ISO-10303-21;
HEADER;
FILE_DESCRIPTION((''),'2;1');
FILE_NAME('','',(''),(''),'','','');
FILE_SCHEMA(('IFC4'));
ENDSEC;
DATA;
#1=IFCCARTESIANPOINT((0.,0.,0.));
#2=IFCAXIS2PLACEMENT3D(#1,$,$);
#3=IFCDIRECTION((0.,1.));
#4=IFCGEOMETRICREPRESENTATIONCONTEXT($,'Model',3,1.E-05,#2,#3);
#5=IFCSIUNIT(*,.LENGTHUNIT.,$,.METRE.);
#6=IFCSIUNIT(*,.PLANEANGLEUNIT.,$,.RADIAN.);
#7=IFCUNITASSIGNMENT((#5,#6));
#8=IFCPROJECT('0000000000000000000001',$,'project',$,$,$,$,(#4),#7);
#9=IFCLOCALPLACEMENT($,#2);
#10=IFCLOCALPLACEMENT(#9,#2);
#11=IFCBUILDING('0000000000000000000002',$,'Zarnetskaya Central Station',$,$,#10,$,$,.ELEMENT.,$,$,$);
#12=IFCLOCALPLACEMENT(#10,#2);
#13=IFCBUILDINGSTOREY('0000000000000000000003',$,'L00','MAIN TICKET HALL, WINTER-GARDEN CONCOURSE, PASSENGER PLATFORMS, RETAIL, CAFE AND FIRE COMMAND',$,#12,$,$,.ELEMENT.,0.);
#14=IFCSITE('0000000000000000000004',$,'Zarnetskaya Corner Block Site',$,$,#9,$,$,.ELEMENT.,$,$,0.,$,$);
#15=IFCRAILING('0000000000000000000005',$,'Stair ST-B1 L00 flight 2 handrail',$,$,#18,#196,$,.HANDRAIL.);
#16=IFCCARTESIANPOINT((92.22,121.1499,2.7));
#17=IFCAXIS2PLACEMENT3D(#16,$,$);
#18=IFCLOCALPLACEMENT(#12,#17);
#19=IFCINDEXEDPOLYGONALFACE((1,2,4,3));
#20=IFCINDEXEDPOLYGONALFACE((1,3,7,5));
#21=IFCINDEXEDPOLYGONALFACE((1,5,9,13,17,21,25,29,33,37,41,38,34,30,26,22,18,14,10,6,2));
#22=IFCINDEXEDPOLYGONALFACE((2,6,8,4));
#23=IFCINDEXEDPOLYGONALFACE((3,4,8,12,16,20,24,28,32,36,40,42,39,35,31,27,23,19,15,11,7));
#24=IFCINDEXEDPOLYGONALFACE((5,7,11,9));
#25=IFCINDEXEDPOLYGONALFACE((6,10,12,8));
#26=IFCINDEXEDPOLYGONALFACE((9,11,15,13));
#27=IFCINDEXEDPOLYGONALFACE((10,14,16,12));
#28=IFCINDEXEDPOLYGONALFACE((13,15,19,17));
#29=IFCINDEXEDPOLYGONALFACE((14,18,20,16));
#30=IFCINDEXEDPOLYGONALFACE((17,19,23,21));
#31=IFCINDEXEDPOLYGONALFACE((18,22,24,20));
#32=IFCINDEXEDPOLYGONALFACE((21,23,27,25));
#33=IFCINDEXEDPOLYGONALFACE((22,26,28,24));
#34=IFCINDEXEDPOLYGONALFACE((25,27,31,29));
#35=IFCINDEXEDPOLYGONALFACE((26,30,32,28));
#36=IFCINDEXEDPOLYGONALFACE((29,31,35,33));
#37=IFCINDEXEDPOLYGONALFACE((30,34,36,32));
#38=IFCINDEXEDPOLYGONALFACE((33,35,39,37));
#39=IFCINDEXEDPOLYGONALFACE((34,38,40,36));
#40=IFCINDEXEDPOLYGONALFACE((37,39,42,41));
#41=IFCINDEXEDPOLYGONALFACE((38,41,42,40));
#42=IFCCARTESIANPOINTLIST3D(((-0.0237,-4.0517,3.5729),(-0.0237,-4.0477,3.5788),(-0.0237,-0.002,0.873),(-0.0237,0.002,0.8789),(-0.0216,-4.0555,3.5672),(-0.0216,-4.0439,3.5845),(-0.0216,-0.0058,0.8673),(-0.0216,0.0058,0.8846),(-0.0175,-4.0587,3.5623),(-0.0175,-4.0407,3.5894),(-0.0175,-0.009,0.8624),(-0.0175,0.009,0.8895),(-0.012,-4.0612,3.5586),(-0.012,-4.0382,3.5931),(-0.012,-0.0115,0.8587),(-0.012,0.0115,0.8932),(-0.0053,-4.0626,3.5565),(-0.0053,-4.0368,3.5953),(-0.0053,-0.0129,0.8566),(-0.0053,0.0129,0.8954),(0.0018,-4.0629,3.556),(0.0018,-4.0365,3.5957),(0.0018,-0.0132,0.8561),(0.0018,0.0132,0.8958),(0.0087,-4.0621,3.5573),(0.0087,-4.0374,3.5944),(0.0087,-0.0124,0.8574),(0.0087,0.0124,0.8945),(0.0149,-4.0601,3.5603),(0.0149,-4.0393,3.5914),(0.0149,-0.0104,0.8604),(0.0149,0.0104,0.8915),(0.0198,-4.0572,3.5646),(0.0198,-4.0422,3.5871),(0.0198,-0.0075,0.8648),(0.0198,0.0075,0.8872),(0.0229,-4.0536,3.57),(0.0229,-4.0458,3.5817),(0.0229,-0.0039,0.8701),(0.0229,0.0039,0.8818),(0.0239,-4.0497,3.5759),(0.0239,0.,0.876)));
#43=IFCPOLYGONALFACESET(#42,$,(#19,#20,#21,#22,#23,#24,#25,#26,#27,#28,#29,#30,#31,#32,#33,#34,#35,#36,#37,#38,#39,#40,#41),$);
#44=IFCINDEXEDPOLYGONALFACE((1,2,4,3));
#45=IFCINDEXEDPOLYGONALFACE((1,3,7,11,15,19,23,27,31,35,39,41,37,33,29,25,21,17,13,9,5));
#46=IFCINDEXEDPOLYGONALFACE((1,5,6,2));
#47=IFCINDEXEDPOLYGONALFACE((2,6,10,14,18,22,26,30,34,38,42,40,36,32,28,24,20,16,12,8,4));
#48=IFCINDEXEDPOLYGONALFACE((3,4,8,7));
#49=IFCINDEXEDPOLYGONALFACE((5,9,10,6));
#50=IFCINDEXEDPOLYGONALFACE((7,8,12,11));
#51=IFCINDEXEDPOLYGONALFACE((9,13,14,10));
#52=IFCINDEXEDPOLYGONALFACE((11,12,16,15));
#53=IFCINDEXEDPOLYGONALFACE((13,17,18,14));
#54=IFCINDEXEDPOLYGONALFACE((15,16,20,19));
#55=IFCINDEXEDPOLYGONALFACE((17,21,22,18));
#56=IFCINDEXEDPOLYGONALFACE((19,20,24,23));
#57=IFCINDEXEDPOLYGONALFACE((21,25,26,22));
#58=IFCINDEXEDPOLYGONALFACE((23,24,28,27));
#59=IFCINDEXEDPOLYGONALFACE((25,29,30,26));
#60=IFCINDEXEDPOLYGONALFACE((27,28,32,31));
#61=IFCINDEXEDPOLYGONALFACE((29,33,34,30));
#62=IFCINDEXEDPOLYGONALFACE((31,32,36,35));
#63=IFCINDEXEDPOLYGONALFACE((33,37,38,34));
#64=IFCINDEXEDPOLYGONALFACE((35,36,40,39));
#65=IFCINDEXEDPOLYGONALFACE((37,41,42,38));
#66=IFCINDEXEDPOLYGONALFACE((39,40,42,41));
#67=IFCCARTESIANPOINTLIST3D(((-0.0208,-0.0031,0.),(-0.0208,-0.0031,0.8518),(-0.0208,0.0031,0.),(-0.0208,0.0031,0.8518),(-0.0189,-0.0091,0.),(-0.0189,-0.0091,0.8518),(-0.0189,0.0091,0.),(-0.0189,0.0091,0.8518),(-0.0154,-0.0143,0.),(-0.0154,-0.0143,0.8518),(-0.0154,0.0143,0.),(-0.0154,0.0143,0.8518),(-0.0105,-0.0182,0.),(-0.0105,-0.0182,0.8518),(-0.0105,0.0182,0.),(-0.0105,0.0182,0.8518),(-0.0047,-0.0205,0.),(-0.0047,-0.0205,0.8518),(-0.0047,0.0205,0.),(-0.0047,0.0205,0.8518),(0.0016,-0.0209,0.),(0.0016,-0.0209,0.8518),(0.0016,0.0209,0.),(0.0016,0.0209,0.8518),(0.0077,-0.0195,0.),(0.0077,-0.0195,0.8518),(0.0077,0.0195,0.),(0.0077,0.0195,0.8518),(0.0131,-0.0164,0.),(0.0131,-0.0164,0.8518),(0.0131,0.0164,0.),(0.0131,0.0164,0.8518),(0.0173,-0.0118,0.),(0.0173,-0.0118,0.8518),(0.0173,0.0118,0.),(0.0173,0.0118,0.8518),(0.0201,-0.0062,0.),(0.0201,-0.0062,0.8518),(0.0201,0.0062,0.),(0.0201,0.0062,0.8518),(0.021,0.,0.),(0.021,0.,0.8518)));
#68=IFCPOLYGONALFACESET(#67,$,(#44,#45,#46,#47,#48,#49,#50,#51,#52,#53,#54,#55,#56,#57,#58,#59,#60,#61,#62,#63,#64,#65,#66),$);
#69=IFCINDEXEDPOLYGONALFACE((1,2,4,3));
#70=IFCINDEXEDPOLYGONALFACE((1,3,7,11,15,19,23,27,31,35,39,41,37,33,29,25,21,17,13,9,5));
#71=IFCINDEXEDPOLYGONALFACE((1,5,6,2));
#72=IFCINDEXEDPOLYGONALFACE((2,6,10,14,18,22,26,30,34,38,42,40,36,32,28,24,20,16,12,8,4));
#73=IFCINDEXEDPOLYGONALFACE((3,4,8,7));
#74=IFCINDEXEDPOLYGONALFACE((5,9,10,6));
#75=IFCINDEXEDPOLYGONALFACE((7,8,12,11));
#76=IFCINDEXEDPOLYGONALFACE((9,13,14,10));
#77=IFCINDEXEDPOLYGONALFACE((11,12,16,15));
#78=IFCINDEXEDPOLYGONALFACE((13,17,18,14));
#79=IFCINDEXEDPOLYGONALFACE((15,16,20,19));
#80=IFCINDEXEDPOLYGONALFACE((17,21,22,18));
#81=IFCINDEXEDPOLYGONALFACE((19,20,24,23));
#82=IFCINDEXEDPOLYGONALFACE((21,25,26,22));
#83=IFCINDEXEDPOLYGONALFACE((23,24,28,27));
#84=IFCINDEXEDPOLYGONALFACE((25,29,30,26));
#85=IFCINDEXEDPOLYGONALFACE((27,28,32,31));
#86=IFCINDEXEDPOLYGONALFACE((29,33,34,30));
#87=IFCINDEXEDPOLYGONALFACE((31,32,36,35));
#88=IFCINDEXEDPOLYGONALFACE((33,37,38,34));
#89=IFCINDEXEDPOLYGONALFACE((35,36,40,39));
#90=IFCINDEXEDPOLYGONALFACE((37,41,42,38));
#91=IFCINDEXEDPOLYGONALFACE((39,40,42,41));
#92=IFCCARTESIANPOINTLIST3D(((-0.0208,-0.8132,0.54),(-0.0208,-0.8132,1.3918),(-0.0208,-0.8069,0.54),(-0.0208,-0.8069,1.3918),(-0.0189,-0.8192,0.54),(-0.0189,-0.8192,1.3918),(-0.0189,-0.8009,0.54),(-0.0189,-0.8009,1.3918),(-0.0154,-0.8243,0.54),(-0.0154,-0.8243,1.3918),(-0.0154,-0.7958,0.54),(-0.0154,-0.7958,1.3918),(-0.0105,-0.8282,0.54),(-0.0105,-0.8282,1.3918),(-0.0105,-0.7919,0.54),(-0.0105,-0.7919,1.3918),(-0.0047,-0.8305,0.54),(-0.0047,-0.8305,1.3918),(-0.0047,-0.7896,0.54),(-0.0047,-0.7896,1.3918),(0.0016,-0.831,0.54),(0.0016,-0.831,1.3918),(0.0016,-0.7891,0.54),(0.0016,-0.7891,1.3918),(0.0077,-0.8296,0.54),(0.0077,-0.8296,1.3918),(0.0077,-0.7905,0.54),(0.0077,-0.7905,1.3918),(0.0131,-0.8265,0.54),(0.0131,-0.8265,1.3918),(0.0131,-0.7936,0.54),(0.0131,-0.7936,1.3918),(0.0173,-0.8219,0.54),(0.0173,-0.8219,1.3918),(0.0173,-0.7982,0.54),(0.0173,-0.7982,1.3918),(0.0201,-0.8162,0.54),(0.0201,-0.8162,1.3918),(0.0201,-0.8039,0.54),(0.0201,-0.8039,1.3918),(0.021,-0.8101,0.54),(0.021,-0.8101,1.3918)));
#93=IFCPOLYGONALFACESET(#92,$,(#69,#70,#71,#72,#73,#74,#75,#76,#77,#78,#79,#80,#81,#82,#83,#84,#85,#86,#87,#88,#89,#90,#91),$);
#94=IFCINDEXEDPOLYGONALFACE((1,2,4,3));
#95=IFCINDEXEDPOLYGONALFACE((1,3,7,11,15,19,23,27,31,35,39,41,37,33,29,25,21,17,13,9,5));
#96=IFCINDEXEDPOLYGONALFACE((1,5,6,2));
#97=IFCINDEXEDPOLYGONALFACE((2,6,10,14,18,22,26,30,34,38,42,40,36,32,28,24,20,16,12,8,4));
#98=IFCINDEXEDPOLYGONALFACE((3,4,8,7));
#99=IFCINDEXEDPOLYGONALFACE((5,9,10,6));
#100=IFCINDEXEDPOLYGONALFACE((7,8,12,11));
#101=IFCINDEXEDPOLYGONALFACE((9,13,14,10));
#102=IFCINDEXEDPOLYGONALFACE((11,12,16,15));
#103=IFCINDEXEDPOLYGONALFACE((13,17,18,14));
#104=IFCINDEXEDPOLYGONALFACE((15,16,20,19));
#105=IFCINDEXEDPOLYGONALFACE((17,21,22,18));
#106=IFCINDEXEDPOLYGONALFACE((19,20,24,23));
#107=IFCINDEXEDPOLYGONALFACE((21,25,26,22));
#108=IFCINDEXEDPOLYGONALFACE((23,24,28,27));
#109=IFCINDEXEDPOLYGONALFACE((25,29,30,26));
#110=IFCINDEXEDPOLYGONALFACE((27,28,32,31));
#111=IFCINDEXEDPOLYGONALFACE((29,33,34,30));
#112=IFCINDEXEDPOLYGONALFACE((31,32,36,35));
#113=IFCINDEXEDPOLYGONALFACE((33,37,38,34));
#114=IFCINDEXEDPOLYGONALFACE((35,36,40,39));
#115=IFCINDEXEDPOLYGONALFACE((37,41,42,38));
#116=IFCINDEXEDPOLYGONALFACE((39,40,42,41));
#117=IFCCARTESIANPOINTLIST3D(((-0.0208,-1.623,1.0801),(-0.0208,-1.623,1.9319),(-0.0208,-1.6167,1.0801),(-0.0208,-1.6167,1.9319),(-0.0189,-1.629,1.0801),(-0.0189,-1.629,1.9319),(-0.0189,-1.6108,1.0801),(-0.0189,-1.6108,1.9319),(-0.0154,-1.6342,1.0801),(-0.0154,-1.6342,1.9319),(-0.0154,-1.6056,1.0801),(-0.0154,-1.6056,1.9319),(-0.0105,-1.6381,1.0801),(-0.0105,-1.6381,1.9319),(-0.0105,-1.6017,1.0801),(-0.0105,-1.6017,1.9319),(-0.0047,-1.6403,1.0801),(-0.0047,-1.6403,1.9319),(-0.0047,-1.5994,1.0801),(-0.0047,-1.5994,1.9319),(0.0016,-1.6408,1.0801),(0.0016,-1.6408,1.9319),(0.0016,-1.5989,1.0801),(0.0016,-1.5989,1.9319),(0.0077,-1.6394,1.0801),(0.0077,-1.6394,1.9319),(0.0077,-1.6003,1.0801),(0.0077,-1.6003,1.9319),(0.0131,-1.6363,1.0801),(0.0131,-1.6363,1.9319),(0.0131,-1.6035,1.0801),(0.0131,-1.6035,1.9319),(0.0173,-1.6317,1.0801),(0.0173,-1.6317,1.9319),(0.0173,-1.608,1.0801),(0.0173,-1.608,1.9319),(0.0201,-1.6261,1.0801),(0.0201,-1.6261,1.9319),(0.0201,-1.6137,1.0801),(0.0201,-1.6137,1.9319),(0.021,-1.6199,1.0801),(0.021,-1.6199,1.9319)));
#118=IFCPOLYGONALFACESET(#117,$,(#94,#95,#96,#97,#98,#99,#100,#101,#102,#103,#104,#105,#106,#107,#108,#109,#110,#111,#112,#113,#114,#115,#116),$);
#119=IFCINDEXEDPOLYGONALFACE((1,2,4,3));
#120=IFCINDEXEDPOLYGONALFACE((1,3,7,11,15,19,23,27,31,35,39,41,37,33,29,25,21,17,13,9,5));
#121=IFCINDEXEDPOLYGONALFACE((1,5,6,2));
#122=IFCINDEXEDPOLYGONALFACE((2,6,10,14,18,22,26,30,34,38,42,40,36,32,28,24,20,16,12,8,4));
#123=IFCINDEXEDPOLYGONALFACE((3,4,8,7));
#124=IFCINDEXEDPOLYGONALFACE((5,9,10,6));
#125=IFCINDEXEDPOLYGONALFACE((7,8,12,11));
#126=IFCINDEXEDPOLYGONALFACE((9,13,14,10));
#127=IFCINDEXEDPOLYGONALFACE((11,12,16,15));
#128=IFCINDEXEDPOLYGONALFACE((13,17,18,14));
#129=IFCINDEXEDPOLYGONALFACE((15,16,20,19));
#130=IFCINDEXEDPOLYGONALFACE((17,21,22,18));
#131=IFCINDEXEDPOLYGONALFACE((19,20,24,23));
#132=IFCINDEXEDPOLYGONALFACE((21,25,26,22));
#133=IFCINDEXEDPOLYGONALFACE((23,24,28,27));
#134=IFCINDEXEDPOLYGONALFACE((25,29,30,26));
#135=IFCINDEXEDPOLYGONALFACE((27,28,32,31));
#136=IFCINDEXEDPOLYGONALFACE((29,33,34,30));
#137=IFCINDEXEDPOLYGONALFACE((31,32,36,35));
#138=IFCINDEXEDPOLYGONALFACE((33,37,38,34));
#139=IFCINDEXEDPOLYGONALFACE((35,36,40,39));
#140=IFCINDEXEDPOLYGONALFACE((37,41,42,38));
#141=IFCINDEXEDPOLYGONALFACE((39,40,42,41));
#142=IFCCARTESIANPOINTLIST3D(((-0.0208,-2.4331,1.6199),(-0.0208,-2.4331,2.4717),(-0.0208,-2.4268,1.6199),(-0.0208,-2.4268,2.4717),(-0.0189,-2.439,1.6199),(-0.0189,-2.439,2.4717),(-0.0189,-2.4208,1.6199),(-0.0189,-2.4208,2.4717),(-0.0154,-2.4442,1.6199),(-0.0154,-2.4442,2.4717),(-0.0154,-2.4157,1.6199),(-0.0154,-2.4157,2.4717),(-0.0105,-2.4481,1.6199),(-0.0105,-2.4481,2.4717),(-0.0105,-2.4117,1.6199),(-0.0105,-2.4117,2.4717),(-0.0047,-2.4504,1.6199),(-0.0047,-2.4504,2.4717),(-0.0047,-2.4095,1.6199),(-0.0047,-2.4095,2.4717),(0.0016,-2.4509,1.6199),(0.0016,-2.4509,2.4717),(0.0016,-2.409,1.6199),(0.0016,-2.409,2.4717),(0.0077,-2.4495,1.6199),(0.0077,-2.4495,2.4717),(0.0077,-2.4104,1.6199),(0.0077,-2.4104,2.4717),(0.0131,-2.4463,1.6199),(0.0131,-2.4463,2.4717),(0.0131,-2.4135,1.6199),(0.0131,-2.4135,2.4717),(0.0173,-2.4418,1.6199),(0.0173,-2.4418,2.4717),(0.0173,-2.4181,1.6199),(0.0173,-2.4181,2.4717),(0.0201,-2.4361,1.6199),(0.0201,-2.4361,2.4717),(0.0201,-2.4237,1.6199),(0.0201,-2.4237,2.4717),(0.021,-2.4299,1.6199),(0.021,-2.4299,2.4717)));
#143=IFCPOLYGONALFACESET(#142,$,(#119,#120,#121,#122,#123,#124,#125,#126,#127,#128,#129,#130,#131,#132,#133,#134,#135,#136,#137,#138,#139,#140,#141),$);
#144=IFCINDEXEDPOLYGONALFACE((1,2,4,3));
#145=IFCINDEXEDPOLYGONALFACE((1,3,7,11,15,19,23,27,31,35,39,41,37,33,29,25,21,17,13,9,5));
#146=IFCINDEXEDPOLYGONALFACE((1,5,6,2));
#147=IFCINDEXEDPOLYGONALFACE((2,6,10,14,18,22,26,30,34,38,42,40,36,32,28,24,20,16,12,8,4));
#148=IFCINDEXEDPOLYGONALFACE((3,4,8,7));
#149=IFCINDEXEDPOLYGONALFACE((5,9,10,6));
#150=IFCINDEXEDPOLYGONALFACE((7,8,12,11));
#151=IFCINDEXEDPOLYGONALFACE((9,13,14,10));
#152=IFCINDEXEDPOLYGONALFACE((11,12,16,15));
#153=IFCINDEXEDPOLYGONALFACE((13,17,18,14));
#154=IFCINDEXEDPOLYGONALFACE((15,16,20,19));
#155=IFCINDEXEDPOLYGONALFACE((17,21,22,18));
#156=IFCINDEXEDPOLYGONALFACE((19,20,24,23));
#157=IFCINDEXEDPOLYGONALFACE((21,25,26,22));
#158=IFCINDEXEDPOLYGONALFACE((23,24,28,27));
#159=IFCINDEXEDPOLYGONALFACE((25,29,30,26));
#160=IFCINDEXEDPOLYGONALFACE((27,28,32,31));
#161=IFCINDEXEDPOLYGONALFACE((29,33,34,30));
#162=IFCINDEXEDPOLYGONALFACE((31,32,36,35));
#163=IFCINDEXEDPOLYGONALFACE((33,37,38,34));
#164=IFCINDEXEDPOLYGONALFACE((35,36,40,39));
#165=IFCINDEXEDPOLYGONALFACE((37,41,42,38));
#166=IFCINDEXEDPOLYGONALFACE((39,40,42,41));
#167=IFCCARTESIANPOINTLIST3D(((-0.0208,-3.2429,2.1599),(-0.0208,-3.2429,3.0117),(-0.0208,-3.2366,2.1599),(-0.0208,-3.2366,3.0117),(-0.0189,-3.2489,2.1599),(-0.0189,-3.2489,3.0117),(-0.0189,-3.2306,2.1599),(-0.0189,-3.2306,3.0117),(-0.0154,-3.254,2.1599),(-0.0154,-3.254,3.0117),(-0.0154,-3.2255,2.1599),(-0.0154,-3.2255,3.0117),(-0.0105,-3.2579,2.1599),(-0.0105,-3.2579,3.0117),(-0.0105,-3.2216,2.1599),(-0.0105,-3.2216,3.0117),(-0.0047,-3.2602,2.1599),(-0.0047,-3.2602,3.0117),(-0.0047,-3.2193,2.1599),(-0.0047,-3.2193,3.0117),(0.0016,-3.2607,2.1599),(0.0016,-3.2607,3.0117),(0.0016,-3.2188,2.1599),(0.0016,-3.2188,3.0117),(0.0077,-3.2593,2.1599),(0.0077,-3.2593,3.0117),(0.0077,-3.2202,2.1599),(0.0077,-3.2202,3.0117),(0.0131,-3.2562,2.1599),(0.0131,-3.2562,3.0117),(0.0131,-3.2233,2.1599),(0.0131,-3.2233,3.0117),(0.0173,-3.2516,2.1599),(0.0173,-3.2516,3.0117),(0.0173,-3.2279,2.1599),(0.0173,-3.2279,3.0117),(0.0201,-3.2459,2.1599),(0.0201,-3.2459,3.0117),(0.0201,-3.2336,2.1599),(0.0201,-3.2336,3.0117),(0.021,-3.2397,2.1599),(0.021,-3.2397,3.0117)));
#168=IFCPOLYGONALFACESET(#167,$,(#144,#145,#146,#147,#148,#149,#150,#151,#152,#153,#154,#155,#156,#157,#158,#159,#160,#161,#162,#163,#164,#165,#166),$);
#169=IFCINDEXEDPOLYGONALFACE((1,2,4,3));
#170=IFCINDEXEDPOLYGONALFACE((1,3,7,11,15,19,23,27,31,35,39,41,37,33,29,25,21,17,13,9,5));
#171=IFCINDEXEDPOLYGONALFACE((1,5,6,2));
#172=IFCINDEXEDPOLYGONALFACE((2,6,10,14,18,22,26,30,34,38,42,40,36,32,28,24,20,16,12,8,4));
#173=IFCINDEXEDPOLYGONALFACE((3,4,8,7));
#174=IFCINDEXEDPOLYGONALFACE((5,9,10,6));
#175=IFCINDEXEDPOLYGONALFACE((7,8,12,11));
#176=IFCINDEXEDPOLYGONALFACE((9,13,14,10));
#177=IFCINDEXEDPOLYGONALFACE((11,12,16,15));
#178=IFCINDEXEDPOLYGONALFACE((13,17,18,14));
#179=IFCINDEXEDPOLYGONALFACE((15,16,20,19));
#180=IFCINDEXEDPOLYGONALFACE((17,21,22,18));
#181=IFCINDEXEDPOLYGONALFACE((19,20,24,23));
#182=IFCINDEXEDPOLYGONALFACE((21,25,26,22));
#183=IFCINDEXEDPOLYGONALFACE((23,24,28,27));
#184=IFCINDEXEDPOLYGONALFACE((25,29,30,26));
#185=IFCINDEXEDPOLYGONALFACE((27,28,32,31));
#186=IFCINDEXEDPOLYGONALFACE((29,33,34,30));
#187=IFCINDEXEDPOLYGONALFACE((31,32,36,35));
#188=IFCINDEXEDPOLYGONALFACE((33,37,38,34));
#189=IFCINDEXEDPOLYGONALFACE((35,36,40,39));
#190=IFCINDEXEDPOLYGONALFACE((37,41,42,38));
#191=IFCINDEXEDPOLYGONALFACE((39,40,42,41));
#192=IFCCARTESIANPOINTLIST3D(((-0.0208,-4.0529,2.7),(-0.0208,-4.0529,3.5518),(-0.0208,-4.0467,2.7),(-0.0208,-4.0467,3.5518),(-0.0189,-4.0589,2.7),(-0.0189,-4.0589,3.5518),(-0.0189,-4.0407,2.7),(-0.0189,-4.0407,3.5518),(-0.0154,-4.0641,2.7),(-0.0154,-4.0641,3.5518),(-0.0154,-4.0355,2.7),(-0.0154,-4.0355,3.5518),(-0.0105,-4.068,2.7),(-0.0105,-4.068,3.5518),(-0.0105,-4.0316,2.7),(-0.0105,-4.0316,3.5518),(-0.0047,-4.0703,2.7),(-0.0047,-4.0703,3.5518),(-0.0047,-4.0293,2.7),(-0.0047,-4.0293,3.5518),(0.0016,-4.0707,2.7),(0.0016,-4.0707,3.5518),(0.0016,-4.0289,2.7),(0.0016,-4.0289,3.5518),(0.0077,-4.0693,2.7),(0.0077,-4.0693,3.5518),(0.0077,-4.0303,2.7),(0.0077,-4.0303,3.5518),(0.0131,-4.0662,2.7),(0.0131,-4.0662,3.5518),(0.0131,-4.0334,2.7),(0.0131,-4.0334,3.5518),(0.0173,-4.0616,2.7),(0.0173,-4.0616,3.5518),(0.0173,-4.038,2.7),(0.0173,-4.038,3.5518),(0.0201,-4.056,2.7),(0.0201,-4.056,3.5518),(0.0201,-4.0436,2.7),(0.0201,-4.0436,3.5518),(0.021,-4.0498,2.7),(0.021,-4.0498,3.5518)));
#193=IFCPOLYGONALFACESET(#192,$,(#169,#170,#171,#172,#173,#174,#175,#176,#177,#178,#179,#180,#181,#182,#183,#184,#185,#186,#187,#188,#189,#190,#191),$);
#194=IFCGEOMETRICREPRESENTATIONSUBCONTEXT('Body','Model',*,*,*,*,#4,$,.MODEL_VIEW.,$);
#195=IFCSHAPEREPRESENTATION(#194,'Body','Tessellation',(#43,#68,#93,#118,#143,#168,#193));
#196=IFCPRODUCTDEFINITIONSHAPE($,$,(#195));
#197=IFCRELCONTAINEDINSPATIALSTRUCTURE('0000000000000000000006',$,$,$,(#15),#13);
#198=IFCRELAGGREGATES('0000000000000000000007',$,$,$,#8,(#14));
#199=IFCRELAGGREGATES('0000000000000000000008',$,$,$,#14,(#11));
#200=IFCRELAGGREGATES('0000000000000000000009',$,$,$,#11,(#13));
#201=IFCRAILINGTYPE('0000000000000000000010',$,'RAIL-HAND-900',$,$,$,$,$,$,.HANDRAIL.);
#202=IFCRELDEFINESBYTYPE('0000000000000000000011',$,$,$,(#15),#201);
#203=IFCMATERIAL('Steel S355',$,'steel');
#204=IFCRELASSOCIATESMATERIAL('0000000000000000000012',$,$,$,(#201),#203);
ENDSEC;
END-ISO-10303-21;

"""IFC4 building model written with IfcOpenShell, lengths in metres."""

from ifc_helpers import new_model, si_unit, direction, frame, origin, origin_2d, place, context, subcontext, project, spatial, circle, extrude, material, type_object, element, save


model = new_model("IFC4")

# Units and contexts
model_context = context("Model", 3, precision=1e-05, world=origin(), true_north=direction((0.0, 1.0)))
body_context = subcontext(model_context, "Body", "Model", "MODEL_VIEW")
ifc_project = project(units=[si_unit("LENGTHUNIT", "METRE"), si_unit("PLANEANGLEUNIT", "RADIAN")], contexts=[model_context])

# Site, building, storey
site_placement = place(None, origin())
site = spatial("IfcSite", under=ifc_project, at=site_placement, Name="Zarnetskaya Corner Block Site", CompositionType="ELEMENT", RefElevation=0.0)
building_placement = place(site_placement, origin())
building = spatial("IfcBuilding", under=site, at=building_placement, Name="Zarnetskaya Central Station", CompositionType="ELEMENT")
storey_placement = place(building_placement, origin())
storey = spatial("IfcBuildingStorey", under=building, at=storey_placement, Name="L00", Description="MAIN TICKET HALL, WINTER-GARDEN CONCOURSE, PASSENGER PLATFORMS, RETAIL, CAFE AND FIRE COMMAND", CompositionType="ELEMENT", Elevation=0.0)

# Shared definitions
ifc_material_1 = material(Name="Steel S355", Category="steel")

# Railing
railing_type_1 = type_object("IfcRailingType", Name="RAIL-HAND-900", PredefinedType="HANDRAIL", material=ifc_material_1)
railing_1_placement = place(storey_placement, frame((92.22, 121.1499, 2.7)))
element("IfcRailing", 1, at=railing_1_placement, inside=storey, type_object=railing_type_1, Name="Stair ST-B1 L00 flight 2 handrail", PredefinedType="HANDRAIL", context=body_context, shape_type="SweptSolid", body=[
    extrude(circle(Radius=0.0239, at=origin_2d()), frame((0.0, 0.0, 0.876), z_axis=(0.0, -0.832043, 0.554712), x_axis=(1.0, 0.0, 0.0)), (0.0, 0.0, 1.0), 4.8672),
    extrude(circle(Radius=0.021, at=origin_2d()), origin(), (0.0, 0.0, 1.0), 0.8518),
    extrude(circle(Radius=0.021, at=origin_2d()), frame((0.0, -0.8101, 0.54)), (0.0, 0.0, 1.0), 0.8518),
    extrude(circle(Radius=0.021, at=origin_2d()), frame((0.0, -1.6199, 1.0801)), (0.0, 0.0, 1.0), 0.8518),
    extrude(circle(Radius=0.021, at=origin_2d()), frame((0.0, -2.4299, 1.6199)), (0.0, 0.0, 1.0), 0.8518),
    extrude(circle(Radius=0.021, at=origin_2d()), frame((0.0, -3.2397, 2.1599)), (0.0, 0.0, 1.0), 0.8518),
    extrude(circle(Radius=0.021, at=origin_2d()), frame((0.0, -4.0498, 2.7)), (0.0, 0.0, 1.0), 0.8518),
])

save(model, "model.ifc")
